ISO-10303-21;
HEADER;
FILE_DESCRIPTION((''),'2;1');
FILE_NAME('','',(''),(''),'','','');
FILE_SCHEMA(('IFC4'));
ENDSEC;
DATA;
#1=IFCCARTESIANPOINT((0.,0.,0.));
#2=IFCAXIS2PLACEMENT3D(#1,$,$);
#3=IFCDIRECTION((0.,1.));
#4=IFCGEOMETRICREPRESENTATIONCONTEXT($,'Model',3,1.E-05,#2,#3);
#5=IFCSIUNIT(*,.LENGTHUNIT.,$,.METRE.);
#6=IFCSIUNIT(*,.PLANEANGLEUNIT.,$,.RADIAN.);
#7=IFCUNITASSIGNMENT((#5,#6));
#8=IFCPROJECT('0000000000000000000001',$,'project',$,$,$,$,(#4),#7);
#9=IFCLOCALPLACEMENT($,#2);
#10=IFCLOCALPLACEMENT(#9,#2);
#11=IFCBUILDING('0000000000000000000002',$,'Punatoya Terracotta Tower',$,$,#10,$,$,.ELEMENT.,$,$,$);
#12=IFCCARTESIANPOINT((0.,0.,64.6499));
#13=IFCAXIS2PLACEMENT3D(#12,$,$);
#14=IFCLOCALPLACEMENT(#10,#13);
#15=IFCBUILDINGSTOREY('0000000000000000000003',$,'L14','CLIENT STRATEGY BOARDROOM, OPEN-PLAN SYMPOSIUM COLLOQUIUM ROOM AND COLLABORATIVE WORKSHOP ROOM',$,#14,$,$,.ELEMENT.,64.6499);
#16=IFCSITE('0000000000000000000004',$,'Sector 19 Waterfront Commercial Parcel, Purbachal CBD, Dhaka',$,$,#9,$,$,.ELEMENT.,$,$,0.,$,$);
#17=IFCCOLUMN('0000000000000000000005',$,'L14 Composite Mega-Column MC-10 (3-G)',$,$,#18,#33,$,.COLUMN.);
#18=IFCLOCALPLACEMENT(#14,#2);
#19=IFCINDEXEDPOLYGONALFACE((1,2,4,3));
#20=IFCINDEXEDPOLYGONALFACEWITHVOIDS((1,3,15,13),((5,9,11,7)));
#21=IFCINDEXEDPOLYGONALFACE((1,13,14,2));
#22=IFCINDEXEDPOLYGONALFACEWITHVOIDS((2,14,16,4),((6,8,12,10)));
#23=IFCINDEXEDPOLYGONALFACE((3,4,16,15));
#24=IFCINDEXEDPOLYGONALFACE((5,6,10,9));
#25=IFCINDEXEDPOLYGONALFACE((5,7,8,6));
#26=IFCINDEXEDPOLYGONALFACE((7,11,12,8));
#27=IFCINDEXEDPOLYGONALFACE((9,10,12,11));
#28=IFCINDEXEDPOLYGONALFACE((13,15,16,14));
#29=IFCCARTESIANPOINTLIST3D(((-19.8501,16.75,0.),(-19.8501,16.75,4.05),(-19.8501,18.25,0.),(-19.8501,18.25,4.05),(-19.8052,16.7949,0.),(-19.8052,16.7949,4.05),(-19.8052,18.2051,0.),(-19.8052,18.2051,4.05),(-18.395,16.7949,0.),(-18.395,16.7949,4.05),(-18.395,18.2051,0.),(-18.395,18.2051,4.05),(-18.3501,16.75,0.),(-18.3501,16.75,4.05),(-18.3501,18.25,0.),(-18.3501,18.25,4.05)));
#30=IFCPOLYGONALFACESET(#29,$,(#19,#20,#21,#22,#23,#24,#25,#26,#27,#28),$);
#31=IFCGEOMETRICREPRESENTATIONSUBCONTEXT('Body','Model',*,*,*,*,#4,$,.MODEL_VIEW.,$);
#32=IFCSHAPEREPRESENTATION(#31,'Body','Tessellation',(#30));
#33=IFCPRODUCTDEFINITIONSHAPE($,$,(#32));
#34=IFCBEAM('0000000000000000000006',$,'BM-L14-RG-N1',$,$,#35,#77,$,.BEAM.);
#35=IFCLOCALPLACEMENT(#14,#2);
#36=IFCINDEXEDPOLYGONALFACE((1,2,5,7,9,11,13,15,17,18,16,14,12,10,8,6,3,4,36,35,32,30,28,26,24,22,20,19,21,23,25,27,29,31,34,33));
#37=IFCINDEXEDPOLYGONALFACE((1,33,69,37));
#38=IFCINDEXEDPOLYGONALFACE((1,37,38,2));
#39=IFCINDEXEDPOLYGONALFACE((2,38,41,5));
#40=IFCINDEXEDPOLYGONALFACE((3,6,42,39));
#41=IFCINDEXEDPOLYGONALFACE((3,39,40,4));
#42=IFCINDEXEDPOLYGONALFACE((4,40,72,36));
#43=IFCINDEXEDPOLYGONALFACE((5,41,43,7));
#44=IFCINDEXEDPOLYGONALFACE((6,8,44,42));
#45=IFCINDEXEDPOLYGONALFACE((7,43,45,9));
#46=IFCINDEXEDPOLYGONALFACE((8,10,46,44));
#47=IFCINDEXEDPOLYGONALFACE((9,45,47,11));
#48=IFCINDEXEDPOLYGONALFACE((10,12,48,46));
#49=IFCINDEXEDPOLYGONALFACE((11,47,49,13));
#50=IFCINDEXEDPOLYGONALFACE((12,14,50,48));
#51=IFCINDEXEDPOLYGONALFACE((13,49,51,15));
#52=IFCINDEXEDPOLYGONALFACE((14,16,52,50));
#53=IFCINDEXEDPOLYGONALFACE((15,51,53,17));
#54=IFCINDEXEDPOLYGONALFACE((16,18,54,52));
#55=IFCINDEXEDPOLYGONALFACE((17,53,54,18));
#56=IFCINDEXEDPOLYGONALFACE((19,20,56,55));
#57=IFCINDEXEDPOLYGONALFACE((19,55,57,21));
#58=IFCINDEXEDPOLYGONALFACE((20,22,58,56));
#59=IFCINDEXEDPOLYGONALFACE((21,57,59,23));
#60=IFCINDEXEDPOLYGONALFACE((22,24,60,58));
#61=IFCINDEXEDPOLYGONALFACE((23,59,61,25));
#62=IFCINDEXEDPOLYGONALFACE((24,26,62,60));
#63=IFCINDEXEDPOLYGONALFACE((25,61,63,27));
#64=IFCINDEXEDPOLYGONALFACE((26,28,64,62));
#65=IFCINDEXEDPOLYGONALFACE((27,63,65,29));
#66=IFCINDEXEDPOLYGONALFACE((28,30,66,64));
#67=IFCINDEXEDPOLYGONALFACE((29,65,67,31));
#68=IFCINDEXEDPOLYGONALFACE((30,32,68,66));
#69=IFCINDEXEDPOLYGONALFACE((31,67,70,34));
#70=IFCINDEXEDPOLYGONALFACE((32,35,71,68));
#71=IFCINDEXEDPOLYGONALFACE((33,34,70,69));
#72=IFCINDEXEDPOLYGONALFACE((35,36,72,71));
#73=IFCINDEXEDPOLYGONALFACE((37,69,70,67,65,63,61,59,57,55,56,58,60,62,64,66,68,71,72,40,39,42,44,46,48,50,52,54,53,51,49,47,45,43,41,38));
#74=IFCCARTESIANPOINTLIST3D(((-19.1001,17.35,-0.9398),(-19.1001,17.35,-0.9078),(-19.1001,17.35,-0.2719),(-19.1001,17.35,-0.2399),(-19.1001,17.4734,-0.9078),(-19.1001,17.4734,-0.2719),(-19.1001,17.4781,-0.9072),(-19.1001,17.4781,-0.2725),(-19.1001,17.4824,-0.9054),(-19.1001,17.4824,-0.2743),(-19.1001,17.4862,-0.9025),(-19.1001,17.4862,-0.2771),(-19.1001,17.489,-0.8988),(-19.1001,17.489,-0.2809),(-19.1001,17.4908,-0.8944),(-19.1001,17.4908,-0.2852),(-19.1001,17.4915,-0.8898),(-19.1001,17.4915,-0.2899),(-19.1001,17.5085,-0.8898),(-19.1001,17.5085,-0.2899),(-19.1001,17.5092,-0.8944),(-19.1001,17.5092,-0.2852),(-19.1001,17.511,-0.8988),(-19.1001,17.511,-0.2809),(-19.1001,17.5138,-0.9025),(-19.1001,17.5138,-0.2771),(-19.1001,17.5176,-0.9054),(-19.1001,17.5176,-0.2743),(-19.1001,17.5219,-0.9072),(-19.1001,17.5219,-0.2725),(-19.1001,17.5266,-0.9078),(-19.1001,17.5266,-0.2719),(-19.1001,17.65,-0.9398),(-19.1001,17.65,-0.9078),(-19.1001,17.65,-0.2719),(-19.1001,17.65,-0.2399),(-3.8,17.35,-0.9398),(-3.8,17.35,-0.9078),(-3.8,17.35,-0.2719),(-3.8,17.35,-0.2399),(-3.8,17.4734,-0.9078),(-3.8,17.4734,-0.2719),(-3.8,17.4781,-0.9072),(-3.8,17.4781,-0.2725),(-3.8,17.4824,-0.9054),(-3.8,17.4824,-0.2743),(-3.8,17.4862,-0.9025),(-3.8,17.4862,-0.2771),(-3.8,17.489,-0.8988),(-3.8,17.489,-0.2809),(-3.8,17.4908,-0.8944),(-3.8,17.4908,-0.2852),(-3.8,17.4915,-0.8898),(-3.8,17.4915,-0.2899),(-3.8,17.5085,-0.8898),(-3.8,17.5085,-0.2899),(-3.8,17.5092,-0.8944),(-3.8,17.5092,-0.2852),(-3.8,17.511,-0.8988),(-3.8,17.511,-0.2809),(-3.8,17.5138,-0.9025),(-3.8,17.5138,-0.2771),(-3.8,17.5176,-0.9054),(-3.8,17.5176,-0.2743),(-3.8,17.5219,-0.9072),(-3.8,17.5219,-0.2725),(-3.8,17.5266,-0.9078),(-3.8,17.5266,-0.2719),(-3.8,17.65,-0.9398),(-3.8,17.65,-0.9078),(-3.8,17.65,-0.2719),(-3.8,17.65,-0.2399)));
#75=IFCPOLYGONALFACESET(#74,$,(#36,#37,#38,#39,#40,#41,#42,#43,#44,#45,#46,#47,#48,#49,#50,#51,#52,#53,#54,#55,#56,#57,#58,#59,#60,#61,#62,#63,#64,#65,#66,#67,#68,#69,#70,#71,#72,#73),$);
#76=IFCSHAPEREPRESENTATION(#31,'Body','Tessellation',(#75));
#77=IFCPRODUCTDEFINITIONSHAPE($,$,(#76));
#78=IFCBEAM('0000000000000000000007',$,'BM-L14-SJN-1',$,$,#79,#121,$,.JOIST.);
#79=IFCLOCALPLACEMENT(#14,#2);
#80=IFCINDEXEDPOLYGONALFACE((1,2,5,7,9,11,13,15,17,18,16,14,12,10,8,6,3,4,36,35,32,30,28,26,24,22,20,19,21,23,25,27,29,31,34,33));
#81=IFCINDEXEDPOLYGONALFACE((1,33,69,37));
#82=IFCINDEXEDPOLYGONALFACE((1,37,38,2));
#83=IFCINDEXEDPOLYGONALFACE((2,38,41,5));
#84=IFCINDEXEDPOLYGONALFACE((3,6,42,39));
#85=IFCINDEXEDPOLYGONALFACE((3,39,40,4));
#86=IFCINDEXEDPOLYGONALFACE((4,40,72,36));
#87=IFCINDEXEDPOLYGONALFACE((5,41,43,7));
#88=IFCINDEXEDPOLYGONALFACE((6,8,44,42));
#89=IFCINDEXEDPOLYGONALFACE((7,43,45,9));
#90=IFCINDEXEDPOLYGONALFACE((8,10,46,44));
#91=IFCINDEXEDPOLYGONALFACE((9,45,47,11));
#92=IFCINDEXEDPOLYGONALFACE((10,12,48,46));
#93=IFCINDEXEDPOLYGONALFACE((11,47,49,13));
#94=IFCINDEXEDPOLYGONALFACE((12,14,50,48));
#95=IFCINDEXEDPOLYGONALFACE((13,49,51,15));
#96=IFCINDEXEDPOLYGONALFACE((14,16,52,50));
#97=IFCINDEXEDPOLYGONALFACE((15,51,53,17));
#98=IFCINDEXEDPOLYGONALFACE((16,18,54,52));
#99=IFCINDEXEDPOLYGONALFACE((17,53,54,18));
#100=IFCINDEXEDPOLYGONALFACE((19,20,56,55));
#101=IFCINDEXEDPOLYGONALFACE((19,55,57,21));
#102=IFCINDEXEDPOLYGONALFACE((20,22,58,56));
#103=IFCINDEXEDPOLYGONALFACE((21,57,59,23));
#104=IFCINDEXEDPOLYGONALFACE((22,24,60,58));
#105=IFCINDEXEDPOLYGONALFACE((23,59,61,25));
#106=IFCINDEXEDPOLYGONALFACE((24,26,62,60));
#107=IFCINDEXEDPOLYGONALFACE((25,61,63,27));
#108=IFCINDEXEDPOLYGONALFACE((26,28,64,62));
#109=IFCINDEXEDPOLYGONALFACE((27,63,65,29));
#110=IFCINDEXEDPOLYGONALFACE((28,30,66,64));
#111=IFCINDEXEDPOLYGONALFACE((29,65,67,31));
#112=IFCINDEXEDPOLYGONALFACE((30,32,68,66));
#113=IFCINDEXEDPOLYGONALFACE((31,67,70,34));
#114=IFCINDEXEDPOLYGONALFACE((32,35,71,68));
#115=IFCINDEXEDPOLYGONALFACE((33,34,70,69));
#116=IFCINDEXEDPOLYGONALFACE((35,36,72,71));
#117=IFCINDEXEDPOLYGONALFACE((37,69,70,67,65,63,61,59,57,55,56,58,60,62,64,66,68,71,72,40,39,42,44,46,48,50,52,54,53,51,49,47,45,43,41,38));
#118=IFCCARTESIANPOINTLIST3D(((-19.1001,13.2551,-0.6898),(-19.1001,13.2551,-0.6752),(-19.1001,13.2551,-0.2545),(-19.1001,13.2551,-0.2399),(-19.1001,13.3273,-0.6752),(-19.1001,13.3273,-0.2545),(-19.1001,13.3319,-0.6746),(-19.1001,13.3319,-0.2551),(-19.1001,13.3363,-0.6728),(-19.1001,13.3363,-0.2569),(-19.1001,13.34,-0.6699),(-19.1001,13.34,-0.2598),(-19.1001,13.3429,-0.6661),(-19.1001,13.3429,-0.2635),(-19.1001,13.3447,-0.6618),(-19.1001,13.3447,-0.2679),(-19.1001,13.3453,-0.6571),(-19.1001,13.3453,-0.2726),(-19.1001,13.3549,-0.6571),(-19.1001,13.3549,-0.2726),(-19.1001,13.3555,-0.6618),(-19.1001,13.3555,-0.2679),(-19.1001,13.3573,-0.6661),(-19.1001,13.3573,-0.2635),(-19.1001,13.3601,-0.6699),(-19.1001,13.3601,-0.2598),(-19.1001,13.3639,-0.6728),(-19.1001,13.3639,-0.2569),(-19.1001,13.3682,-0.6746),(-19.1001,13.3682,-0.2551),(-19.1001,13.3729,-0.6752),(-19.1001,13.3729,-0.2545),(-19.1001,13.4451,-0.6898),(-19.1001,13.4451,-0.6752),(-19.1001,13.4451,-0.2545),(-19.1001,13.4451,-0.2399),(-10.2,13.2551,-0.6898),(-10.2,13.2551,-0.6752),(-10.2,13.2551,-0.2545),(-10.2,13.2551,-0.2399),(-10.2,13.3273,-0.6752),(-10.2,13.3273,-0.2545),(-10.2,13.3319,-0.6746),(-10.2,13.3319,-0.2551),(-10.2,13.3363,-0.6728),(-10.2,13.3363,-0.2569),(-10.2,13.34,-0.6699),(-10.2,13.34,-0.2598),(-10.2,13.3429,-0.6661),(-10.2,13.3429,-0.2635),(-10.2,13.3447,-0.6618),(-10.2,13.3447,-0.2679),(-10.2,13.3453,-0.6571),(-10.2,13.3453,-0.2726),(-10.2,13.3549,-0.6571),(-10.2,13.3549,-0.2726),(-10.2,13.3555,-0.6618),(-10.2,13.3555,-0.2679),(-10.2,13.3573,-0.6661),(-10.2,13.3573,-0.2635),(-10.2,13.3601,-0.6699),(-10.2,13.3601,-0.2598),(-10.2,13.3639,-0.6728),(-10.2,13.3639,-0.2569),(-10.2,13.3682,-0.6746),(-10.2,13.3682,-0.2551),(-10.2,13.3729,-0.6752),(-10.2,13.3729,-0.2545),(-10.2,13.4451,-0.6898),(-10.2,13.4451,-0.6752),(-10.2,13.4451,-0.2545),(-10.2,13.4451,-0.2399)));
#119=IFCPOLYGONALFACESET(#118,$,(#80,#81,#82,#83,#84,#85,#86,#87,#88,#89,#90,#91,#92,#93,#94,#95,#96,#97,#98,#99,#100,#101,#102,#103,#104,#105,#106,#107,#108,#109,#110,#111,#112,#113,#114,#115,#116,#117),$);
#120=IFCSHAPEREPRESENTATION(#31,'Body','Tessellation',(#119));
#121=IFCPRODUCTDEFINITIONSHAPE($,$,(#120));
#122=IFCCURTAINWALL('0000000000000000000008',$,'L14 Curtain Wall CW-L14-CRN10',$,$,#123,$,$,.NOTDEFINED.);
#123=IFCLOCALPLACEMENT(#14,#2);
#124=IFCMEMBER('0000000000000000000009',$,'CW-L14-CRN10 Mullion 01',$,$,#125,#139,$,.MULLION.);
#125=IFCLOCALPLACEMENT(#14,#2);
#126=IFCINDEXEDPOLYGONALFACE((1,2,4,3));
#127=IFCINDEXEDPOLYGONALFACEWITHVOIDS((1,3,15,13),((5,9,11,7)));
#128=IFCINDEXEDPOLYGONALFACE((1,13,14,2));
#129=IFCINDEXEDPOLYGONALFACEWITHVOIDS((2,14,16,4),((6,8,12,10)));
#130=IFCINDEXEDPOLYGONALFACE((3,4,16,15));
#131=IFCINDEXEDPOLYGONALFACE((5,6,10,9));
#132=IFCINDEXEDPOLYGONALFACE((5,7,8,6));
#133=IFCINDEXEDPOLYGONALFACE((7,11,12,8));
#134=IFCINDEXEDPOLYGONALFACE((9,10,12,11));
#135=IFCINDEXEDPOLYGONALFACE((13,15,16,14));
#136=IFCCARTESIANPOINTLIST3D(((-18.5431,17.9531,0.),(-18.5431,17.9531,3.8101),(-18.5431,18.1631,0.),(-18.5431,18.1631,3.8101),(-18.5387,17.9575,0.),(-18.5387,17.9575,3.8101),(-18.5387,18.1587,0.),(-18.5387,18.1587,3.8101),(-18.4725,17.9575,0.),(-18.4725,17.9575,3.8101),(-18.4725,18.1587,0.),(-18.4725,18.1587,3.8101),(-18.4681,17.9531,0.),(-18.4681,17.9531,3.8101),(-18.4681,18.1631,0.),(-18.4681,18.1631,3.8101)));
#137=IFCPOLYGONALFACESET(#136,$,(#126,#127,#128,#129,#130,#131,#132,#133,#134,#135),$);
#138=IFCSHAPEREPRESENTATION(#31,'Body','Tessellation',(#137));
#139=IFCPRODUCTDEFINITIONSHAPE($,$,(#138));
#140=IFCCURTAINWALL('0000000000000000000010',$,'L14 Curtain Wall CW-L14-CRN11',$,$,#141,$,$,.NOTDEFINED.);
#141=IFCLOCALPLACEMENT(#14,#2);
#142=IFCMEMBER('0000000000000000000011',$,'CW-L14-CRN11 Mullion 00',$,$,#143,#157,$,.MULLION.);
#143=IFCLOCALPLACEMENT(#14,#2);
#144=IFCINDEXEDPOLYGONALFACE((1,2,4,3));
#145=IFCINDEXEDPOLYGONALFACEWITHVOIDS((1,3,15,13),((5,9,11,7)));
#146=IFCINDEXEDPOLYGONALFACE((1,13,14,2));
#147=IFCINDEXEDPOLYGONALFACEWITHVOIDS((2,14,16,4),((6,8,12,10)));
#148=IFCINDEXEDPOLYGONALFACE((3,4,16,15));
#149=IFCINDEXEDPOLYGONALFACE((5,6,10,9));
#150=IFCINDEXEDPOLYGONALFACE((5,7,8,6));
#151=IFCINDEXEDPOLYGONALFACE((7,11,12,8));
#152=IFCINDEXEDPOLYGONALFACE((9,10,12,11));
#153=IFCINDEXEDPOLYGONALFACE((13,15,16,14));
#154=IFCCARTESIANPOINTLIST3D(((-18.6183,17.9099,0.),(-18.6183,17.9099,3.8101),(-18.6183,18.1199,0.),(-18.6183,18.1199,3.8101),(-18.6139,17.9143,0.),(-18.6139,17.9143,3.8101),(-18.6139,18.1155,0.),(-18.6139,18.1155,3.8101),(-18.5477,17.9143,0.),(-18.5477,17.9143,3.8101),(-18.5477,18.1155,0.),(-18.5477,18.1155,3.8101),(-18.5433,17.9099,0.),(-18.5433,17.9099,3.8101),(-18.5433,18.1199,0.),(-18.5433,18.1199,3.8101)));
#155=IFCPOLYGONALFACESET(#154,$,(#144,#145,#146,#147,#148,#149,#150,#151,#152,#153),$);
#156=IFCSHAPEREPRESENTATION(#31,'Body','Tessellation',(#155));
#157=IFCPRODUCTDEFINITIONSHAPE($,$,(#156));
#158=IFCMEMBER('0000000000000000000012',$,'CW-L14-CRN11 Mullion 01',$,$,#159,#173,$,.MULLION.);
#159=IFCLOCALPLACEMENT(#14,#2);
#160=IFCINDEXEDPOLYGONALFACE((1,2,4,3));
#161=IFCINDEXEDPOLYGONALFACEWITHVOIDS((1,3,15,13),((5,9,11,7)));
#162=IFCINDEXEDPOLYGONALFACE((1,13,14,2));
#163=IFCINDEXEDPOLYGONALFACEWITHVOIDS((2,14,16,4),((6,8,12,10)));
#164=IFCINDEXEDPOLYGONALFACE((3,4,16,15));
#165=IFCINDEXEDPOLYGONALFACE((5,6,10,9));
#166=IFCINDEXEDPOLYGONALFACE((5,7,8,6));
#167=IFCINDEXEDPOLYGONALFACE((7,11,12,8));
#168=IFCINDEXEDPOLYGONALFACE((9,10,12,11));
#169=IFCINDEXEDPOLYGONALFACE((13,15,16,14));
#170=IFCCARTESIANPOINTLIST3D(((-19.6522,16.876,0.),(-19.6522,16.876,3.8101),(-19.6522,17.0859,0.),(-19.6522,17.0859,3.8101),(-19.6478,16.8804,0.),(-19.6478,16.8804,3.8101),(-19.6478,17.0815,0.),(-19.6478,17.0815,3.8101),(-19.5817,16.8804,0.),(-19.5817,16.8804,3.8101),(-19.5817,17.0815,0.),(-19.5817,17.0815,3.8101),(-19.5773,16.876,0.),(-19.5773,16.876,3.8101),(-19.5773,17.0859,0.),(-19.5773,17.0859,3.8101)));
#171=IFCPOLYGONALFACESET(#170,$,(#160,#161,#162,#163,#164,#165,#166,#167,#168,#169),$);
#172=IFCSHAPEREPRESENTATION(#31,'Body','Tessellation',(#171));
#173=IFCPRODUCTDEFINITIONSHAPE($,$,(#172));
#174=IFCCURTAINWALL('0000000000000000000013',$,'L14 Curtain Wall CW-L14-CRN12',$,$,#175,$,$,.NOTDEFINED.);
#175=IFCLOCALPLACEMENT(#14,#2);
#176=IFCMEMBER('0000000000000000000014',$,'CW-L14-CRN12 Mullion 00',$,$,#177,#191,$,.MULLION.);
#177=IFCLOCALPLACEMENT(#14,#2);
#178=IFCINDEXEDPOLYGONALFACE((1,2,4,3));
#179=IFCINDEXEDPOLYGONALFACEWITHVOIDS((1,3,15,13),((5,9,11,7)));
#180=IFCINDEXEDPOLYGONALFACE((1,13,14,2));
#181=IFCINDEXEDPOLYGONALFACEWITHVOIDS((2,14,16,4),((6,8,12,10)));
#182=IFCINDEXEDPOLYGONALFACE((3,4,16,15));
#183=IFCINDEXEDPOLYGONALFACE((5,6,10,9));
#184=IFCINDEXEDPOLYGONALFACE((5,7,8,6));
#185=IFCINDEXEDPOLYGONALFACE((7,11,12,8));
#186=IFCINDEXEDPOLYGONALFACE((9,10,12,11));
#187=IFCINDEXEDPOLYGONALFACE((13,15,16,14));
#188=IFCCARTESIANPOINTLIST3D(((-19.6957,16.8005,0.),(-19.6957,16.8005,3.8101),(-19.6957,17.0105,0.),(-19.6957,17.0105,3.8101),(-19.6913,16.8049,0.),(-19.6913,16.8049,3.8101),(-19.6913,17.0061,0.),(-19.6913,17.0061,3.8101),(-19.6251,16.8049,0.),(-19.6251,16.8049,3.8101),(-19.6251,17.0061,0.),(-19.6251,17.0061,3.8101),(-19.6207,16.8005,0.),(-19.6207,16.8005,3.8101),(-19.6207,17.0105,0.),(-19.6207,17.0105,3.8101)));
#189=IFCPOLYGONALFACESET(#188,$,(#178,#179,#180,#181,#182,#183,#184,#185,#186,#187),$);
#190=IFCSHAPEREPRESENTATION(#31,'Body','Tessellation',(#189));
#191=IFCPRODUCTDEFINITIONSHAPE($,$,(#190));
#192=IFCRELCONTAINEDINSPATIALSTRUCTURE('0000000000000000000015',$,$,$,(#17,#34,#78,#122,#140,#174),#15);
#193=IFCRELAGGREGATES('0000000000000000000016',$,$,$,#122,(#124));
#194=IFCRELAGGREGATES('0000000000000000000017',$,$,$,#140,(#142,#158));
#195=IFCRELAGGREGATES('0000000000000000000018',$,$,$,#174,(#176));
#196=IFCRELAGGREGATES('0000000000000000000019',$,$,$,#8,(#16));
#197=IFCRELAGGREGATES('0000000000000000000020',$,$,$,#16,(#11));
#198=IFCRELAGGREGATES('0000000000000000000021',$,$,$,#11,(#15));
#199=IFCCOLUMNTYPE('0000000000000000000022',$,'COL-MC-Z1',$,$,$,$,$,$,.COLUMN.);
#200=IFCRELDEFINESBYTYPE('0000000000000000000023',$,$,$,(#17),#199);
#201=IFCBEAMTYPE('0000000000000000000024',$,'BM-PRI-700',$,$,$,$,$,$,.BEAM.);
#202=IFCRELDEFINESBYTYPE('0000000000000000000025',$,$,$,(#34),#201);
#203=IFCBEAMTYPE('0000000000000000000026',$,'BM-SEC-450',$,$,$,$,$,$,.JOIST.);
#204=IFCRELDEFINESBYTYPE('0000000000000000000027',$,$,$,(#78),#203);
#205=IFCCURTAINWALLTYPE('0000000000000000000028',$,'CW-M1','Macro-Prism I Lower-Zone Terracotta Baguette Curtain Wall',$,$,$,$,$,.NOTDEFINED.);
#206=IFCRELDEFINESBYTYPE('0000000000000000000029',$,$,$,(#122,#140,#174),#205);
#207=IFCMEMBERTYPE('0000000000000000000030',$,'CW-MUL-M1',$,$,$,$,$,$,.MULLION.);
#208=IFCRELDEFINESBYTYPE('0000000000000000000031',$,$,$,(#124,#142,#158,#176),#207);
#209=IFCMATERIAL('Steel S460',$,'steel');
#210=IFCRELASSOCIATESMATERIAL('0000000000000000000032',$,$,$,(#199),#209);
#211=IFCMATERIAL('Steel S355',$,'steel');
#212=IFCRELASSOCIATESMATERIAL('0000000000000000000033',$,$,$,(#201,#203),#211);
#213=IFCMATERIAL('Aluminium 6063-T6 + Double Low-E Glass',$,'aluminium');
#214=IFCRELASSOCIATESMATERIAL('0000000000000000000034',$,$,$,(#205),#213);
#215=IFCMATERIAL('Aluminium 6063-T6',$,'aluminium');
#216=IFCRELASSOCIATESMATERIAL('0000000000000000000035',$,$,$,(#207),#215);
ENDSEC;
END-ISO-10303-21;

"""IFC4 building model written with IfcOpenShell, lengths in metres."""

from ifc_helpers import new_model, si_unit, direction, frame, origin, origin_2d, place, context, subcontext, project, spatial, hollow_rectangle, i_section, extrude, material, material_profile, profile_set, type_object, element, aggregate, save


model = new_model("IFC4")

# Units and contexts
model_context = context("Model", 3, precision=1e-05, world=origin(), true_north=direction((0.0, 1.0)))
body_context = subcontext(model_context, "Body", "Model", "MODEL_VIEW")
ifc_project = project(units=[si_unit("LENGTHUNIT", "METRE"), si_unit("PLANEANGLEUNIT", "RADIAN")], contexts=[model_context])

# Site, building, storey
site_placement = place(None, origin())
site = spatial("IfcSite", under=ifc_project, at=site_placement, Name="Sector 19 Waterfront Commercial Parcel, Purbachal CBD, Dhaka", CompositionType="ELEMENT", RefElevation=0.0)
building_placement = place(site_placement, origin())
building = spatial("IfcBuilding", under=site, at=building_placement, Name="Punatoya Terracotta Tower", CompositionType="ELEMENT")
storey_placement = place(building_placement, frame((0.0, 0.0, 64.6499)))
storey = spatial("IfcBuildingStorey", under=building, at=storey_placement, Name="L14", Description="CLIENT STRATEGY BOARDROOM, OPEN-PLAN SYMPOSIUM COLLOQUIUM ROOM AND COLLABORATIVE WORKSHOP ROOM", CompositionType="ELEMENT", Elevation=64.6499)

# Column
ifc_material_1 = material(Name="Steel S460", Category="steel")
ifc_material_profile_1 = material_profile(ifc_material_1, hollow_rectangle(XDim=1.5, YDim=1.5, WallThickness=0.0449, at=origin_2d()))
ifc_profile_set_1 = profile_set([ifc_material_profile_1], Name="Steel S460")
column_type = type_object("IfcColumnType", Name="COL-MC-Z1", PredefinedType="COLUMN", material=ifc_profile_set_1)
column_placement = place(storey_placement, frame((-19.1001, 17.5, 0.0), z_axis=(0.0, 0.0, 1.0), x_axis=(1.0, 0.0, 0.0)))
element("IfcColumn", 1, at=column_placement, inside=storey, type_object=column_type, Name="L14 Composite Mega-Column MC-10 (3-G)", PredefinedType="COLUMN", context=body_context, shape_type="SweptSolid", body=[
    extrude(hollow_rectangle(XDim=1.5, YDim=1.5, WallThickness=0.0449, at=origin_2d()), origin(), (0.0, 0.0, 1.0), 4.05),
])

# Beams
ifc_material_2 = material(Name="Steel S355", Category="steel")
ifc_material_profile_2 = material_profile(ifc_material_2, i_section(OverallWidth=0.3, OverallDepth=0.7, WebThickness=0.0171, FlangeThickness=0.032, FilletRadius=0.0181, at=origin_2d()))
ifc_profile_set_2 = profile_set([ifc_material_profile_2], Name="Steel S355")
beam_type_1 = type_object("IfcBeamType", Name="BM-PRI-700", PredefinedType="BEAM", material=ifc_profile_set_2)
beam_1_placement = place(storey_placement, frame((-19.1001, 17.5, -0.5898), z_axis=(1.0, 0.0, 0.0), x_axis=(0.0, 1.0, 0.0)))
element("IfcBeam", 2, at=beam_1_placement, inside=storey, type_object=beam_type_1, Name="BM-L14-RG-N1", PredefinedType="BEAM", context=body_context, shape_type="SweptSolid", body=[
    extrude(i_section(OverallWidth=0.3, OverallDepth=0.7, WebThickness=0.0171, FlangeThickness=0.032, FilletRadius=0.0181, at=origin_2d()), origin(), (0.0, 0.0, 1.0), 15.3),
])
ifc_material_profile_3 = material_profile(ifc_material_2, i_section(OverallWidth=0.1899, OverallDepth=0.45, WebThickness=0.0095, FlangeThickness=0.0146, FilletRadius=0.0181, at=origin_2d()))
ifc_profile_set_3 = profile_set([ifc_material_profile_3], Name="Steel S355")
beam_type_2 = type_object("IfcBeamType", Name="BM-SEC-450", PredefinedType="JOIST", material=ifc_profile_set_3)
beam_2_placement = place(storey_placement, frame((-19.1001, 13.3501, -0.4648), z_axis=(1.0, 0.0, 0.0), x_axis=(0.0, 1.0, 0.0)))
element("IfcBeam", 3, at=beam_2_placement, inside=storey, type_object=beam_type_2, Name="BM-L14-SJN-1", PredefinedType="JOIST", context=body_context, shape_type="SweptSolid", body=[
    extrude(i_section(OverallWidth=0.1899, OverallDepth=0.45, WebThickness=0.0095, FlangeThickness=0.0146, FilletRadius=0.0181, at=origin_2d()), origin(), (0.0, 0.0, 1.0), 8.9001),
])

# Curtain wall, member
ifc_material_3 = material(Name="Aluminium 6063-T6 + Double Low-E Glass", Category="aluminium")
curtain_wall_type = type_object("IfcCurtainWallType", Name="CW-M1", Description="Macro-Prism I Lower-Zone Terracotta Baguette Curtain Wall", PredefinedType="NOTDEFINED", material=ifc_material_3)
curtain_wall_1_placement = place(storey_placement, origin())
curtain_wall_1 = element("IfcCurtainWall", 4, at=curtain_wall_1_placement, inside=storey, type_object=curtain_wall_type, Name="L14 Curtain Wall CW-L14-CRN10", PredefinedType="NOTDEFINED")
ifc_material_4 = material(Name="Aluminium 6063-T6", Category="aluminium")
ifc_material_profile_4 = material_profile(ifc_material_4, hollow_rectangle(XDim=0.075, YDim=0.21, WallThickness=0.0044, at=origin_2d()))
ifc_profile_set_4 = profile_set([ifc_material_profile_4], Name="Aluminium 6063-T6")
member_type_1 = type_object("IfcMemberType", Name="CW-MUL-M1", PredefinedType="MULLION", material=ifc_profile_set_4)
member_1_placement = place(storey_placement, frame((-18.5056, 18.0581, 0.0), z_axis=(0.0, 0.0, 1.0), x_axis=(1.0, 0.0, 0.0)))
member_1 = element("IfcMember", 5, at=member_1_placement, type_object=member_type_1, Name="CW-L14-CRN10 Mullion 01", PredefinedType="MULLION", context=body_context, shape_type="SweptSolid", body=[
    extrude(hollow_rectangle(XDim=0.075, YDim=0.21, WallThickness=0.0044, at=origin_2d()), origin(), (0.0, 0.0, 1.0), 3.8101),
])

# Curtain walls, members
curtain_wall_2_placement = place(storey_placement, origin())
curtain_wall_2 = element("IfcCurtainWall", 6, at=curtain_wall_2_placement, inside=storey, type_object=curtain_wall_type, Name="L14 Curtain Wall CW-L14-CRN11", PredefinedType="NOTDEFINED")
member_2_placement = place(storey_placement, frame((-18.5808, 18.0149, 0.0), z_axis=(0.0, 0.0, 1.0), x_axis=(1.0, 0.0, 0.0)))
member_2 = element("IfcMember", 7, at=member_2_placement, type_object=member_type_1, Name="CW-L14-CRN11 Mullion 00", PredefinedType="MULLION", context=body_context, shape_type="SweptSolid", body=[
    extrude(hollow_rectangle(XDim=0.075, YDim=0.21, WallThickness=0.0044, at=origin_2d()), origin(), (0.0, 0.0, 1.0), 3.8101),
])
member_3_placement = place(storey_placement, frame((-19.6147, 16.981, 0.0), z_axis=(0.0, 0.0, 1.0), x_axis=(1.0, 0.0, 0.0)))
member_3 = element("IfcMember", 8, at=member_3_placement, type_object=member_type_1, Name="CW-L14-CRN11 Mullion 01", PredefinedType="MULLION", context=body_context, shape_type="SweptSolid", body=[
    extrude(hollow_rectangle(XDim=0.075, YDim=0.21, WallThickness=0.0044, at=origin_2d()), origin(), (0.0, 0.0, 1.0), 3.8101),
])
curtain_wall_3_placement = place(storey_placement, origin())
curtain_wall_3 = element("IfcCurtainWall", 9, at=curtain_wall_3_placement, inside=storey, type_object=curtain_wall_type, Name="L14 Curtain Wall CW-L14-CRN12", PredefinedType="NOTDEFINED")
member_4_placement = place(storey_placement, frame((-19.6582, 16.9055, 0.0), z_axis=(0.0, 0.0, 1.0), x_axis=(1.0, 0.0, 0.0)))
member_4 = element("IfcMember", 10, at=member_4_placement, type_object=member_type_1, Name="CW-L14-CRN12 Mullion 00", PredefinedType="MULLION", context=body_context, shape_type="SweptSolid", body=[
    extrude(hollow_rectangle(XDim=0.075, YDim=0.21, WallThickness=0.0044, at=origin_2d()), origin(), (0.0, 0.0, 1.0), 3.8101),
])

aggregate(curtain_wall_1, [member_1])
aggregate(curtain_wall_2, [member_2, member_3])
aggregate(curtain_wall_3, [member_4])

save(model, "model.ifc")
